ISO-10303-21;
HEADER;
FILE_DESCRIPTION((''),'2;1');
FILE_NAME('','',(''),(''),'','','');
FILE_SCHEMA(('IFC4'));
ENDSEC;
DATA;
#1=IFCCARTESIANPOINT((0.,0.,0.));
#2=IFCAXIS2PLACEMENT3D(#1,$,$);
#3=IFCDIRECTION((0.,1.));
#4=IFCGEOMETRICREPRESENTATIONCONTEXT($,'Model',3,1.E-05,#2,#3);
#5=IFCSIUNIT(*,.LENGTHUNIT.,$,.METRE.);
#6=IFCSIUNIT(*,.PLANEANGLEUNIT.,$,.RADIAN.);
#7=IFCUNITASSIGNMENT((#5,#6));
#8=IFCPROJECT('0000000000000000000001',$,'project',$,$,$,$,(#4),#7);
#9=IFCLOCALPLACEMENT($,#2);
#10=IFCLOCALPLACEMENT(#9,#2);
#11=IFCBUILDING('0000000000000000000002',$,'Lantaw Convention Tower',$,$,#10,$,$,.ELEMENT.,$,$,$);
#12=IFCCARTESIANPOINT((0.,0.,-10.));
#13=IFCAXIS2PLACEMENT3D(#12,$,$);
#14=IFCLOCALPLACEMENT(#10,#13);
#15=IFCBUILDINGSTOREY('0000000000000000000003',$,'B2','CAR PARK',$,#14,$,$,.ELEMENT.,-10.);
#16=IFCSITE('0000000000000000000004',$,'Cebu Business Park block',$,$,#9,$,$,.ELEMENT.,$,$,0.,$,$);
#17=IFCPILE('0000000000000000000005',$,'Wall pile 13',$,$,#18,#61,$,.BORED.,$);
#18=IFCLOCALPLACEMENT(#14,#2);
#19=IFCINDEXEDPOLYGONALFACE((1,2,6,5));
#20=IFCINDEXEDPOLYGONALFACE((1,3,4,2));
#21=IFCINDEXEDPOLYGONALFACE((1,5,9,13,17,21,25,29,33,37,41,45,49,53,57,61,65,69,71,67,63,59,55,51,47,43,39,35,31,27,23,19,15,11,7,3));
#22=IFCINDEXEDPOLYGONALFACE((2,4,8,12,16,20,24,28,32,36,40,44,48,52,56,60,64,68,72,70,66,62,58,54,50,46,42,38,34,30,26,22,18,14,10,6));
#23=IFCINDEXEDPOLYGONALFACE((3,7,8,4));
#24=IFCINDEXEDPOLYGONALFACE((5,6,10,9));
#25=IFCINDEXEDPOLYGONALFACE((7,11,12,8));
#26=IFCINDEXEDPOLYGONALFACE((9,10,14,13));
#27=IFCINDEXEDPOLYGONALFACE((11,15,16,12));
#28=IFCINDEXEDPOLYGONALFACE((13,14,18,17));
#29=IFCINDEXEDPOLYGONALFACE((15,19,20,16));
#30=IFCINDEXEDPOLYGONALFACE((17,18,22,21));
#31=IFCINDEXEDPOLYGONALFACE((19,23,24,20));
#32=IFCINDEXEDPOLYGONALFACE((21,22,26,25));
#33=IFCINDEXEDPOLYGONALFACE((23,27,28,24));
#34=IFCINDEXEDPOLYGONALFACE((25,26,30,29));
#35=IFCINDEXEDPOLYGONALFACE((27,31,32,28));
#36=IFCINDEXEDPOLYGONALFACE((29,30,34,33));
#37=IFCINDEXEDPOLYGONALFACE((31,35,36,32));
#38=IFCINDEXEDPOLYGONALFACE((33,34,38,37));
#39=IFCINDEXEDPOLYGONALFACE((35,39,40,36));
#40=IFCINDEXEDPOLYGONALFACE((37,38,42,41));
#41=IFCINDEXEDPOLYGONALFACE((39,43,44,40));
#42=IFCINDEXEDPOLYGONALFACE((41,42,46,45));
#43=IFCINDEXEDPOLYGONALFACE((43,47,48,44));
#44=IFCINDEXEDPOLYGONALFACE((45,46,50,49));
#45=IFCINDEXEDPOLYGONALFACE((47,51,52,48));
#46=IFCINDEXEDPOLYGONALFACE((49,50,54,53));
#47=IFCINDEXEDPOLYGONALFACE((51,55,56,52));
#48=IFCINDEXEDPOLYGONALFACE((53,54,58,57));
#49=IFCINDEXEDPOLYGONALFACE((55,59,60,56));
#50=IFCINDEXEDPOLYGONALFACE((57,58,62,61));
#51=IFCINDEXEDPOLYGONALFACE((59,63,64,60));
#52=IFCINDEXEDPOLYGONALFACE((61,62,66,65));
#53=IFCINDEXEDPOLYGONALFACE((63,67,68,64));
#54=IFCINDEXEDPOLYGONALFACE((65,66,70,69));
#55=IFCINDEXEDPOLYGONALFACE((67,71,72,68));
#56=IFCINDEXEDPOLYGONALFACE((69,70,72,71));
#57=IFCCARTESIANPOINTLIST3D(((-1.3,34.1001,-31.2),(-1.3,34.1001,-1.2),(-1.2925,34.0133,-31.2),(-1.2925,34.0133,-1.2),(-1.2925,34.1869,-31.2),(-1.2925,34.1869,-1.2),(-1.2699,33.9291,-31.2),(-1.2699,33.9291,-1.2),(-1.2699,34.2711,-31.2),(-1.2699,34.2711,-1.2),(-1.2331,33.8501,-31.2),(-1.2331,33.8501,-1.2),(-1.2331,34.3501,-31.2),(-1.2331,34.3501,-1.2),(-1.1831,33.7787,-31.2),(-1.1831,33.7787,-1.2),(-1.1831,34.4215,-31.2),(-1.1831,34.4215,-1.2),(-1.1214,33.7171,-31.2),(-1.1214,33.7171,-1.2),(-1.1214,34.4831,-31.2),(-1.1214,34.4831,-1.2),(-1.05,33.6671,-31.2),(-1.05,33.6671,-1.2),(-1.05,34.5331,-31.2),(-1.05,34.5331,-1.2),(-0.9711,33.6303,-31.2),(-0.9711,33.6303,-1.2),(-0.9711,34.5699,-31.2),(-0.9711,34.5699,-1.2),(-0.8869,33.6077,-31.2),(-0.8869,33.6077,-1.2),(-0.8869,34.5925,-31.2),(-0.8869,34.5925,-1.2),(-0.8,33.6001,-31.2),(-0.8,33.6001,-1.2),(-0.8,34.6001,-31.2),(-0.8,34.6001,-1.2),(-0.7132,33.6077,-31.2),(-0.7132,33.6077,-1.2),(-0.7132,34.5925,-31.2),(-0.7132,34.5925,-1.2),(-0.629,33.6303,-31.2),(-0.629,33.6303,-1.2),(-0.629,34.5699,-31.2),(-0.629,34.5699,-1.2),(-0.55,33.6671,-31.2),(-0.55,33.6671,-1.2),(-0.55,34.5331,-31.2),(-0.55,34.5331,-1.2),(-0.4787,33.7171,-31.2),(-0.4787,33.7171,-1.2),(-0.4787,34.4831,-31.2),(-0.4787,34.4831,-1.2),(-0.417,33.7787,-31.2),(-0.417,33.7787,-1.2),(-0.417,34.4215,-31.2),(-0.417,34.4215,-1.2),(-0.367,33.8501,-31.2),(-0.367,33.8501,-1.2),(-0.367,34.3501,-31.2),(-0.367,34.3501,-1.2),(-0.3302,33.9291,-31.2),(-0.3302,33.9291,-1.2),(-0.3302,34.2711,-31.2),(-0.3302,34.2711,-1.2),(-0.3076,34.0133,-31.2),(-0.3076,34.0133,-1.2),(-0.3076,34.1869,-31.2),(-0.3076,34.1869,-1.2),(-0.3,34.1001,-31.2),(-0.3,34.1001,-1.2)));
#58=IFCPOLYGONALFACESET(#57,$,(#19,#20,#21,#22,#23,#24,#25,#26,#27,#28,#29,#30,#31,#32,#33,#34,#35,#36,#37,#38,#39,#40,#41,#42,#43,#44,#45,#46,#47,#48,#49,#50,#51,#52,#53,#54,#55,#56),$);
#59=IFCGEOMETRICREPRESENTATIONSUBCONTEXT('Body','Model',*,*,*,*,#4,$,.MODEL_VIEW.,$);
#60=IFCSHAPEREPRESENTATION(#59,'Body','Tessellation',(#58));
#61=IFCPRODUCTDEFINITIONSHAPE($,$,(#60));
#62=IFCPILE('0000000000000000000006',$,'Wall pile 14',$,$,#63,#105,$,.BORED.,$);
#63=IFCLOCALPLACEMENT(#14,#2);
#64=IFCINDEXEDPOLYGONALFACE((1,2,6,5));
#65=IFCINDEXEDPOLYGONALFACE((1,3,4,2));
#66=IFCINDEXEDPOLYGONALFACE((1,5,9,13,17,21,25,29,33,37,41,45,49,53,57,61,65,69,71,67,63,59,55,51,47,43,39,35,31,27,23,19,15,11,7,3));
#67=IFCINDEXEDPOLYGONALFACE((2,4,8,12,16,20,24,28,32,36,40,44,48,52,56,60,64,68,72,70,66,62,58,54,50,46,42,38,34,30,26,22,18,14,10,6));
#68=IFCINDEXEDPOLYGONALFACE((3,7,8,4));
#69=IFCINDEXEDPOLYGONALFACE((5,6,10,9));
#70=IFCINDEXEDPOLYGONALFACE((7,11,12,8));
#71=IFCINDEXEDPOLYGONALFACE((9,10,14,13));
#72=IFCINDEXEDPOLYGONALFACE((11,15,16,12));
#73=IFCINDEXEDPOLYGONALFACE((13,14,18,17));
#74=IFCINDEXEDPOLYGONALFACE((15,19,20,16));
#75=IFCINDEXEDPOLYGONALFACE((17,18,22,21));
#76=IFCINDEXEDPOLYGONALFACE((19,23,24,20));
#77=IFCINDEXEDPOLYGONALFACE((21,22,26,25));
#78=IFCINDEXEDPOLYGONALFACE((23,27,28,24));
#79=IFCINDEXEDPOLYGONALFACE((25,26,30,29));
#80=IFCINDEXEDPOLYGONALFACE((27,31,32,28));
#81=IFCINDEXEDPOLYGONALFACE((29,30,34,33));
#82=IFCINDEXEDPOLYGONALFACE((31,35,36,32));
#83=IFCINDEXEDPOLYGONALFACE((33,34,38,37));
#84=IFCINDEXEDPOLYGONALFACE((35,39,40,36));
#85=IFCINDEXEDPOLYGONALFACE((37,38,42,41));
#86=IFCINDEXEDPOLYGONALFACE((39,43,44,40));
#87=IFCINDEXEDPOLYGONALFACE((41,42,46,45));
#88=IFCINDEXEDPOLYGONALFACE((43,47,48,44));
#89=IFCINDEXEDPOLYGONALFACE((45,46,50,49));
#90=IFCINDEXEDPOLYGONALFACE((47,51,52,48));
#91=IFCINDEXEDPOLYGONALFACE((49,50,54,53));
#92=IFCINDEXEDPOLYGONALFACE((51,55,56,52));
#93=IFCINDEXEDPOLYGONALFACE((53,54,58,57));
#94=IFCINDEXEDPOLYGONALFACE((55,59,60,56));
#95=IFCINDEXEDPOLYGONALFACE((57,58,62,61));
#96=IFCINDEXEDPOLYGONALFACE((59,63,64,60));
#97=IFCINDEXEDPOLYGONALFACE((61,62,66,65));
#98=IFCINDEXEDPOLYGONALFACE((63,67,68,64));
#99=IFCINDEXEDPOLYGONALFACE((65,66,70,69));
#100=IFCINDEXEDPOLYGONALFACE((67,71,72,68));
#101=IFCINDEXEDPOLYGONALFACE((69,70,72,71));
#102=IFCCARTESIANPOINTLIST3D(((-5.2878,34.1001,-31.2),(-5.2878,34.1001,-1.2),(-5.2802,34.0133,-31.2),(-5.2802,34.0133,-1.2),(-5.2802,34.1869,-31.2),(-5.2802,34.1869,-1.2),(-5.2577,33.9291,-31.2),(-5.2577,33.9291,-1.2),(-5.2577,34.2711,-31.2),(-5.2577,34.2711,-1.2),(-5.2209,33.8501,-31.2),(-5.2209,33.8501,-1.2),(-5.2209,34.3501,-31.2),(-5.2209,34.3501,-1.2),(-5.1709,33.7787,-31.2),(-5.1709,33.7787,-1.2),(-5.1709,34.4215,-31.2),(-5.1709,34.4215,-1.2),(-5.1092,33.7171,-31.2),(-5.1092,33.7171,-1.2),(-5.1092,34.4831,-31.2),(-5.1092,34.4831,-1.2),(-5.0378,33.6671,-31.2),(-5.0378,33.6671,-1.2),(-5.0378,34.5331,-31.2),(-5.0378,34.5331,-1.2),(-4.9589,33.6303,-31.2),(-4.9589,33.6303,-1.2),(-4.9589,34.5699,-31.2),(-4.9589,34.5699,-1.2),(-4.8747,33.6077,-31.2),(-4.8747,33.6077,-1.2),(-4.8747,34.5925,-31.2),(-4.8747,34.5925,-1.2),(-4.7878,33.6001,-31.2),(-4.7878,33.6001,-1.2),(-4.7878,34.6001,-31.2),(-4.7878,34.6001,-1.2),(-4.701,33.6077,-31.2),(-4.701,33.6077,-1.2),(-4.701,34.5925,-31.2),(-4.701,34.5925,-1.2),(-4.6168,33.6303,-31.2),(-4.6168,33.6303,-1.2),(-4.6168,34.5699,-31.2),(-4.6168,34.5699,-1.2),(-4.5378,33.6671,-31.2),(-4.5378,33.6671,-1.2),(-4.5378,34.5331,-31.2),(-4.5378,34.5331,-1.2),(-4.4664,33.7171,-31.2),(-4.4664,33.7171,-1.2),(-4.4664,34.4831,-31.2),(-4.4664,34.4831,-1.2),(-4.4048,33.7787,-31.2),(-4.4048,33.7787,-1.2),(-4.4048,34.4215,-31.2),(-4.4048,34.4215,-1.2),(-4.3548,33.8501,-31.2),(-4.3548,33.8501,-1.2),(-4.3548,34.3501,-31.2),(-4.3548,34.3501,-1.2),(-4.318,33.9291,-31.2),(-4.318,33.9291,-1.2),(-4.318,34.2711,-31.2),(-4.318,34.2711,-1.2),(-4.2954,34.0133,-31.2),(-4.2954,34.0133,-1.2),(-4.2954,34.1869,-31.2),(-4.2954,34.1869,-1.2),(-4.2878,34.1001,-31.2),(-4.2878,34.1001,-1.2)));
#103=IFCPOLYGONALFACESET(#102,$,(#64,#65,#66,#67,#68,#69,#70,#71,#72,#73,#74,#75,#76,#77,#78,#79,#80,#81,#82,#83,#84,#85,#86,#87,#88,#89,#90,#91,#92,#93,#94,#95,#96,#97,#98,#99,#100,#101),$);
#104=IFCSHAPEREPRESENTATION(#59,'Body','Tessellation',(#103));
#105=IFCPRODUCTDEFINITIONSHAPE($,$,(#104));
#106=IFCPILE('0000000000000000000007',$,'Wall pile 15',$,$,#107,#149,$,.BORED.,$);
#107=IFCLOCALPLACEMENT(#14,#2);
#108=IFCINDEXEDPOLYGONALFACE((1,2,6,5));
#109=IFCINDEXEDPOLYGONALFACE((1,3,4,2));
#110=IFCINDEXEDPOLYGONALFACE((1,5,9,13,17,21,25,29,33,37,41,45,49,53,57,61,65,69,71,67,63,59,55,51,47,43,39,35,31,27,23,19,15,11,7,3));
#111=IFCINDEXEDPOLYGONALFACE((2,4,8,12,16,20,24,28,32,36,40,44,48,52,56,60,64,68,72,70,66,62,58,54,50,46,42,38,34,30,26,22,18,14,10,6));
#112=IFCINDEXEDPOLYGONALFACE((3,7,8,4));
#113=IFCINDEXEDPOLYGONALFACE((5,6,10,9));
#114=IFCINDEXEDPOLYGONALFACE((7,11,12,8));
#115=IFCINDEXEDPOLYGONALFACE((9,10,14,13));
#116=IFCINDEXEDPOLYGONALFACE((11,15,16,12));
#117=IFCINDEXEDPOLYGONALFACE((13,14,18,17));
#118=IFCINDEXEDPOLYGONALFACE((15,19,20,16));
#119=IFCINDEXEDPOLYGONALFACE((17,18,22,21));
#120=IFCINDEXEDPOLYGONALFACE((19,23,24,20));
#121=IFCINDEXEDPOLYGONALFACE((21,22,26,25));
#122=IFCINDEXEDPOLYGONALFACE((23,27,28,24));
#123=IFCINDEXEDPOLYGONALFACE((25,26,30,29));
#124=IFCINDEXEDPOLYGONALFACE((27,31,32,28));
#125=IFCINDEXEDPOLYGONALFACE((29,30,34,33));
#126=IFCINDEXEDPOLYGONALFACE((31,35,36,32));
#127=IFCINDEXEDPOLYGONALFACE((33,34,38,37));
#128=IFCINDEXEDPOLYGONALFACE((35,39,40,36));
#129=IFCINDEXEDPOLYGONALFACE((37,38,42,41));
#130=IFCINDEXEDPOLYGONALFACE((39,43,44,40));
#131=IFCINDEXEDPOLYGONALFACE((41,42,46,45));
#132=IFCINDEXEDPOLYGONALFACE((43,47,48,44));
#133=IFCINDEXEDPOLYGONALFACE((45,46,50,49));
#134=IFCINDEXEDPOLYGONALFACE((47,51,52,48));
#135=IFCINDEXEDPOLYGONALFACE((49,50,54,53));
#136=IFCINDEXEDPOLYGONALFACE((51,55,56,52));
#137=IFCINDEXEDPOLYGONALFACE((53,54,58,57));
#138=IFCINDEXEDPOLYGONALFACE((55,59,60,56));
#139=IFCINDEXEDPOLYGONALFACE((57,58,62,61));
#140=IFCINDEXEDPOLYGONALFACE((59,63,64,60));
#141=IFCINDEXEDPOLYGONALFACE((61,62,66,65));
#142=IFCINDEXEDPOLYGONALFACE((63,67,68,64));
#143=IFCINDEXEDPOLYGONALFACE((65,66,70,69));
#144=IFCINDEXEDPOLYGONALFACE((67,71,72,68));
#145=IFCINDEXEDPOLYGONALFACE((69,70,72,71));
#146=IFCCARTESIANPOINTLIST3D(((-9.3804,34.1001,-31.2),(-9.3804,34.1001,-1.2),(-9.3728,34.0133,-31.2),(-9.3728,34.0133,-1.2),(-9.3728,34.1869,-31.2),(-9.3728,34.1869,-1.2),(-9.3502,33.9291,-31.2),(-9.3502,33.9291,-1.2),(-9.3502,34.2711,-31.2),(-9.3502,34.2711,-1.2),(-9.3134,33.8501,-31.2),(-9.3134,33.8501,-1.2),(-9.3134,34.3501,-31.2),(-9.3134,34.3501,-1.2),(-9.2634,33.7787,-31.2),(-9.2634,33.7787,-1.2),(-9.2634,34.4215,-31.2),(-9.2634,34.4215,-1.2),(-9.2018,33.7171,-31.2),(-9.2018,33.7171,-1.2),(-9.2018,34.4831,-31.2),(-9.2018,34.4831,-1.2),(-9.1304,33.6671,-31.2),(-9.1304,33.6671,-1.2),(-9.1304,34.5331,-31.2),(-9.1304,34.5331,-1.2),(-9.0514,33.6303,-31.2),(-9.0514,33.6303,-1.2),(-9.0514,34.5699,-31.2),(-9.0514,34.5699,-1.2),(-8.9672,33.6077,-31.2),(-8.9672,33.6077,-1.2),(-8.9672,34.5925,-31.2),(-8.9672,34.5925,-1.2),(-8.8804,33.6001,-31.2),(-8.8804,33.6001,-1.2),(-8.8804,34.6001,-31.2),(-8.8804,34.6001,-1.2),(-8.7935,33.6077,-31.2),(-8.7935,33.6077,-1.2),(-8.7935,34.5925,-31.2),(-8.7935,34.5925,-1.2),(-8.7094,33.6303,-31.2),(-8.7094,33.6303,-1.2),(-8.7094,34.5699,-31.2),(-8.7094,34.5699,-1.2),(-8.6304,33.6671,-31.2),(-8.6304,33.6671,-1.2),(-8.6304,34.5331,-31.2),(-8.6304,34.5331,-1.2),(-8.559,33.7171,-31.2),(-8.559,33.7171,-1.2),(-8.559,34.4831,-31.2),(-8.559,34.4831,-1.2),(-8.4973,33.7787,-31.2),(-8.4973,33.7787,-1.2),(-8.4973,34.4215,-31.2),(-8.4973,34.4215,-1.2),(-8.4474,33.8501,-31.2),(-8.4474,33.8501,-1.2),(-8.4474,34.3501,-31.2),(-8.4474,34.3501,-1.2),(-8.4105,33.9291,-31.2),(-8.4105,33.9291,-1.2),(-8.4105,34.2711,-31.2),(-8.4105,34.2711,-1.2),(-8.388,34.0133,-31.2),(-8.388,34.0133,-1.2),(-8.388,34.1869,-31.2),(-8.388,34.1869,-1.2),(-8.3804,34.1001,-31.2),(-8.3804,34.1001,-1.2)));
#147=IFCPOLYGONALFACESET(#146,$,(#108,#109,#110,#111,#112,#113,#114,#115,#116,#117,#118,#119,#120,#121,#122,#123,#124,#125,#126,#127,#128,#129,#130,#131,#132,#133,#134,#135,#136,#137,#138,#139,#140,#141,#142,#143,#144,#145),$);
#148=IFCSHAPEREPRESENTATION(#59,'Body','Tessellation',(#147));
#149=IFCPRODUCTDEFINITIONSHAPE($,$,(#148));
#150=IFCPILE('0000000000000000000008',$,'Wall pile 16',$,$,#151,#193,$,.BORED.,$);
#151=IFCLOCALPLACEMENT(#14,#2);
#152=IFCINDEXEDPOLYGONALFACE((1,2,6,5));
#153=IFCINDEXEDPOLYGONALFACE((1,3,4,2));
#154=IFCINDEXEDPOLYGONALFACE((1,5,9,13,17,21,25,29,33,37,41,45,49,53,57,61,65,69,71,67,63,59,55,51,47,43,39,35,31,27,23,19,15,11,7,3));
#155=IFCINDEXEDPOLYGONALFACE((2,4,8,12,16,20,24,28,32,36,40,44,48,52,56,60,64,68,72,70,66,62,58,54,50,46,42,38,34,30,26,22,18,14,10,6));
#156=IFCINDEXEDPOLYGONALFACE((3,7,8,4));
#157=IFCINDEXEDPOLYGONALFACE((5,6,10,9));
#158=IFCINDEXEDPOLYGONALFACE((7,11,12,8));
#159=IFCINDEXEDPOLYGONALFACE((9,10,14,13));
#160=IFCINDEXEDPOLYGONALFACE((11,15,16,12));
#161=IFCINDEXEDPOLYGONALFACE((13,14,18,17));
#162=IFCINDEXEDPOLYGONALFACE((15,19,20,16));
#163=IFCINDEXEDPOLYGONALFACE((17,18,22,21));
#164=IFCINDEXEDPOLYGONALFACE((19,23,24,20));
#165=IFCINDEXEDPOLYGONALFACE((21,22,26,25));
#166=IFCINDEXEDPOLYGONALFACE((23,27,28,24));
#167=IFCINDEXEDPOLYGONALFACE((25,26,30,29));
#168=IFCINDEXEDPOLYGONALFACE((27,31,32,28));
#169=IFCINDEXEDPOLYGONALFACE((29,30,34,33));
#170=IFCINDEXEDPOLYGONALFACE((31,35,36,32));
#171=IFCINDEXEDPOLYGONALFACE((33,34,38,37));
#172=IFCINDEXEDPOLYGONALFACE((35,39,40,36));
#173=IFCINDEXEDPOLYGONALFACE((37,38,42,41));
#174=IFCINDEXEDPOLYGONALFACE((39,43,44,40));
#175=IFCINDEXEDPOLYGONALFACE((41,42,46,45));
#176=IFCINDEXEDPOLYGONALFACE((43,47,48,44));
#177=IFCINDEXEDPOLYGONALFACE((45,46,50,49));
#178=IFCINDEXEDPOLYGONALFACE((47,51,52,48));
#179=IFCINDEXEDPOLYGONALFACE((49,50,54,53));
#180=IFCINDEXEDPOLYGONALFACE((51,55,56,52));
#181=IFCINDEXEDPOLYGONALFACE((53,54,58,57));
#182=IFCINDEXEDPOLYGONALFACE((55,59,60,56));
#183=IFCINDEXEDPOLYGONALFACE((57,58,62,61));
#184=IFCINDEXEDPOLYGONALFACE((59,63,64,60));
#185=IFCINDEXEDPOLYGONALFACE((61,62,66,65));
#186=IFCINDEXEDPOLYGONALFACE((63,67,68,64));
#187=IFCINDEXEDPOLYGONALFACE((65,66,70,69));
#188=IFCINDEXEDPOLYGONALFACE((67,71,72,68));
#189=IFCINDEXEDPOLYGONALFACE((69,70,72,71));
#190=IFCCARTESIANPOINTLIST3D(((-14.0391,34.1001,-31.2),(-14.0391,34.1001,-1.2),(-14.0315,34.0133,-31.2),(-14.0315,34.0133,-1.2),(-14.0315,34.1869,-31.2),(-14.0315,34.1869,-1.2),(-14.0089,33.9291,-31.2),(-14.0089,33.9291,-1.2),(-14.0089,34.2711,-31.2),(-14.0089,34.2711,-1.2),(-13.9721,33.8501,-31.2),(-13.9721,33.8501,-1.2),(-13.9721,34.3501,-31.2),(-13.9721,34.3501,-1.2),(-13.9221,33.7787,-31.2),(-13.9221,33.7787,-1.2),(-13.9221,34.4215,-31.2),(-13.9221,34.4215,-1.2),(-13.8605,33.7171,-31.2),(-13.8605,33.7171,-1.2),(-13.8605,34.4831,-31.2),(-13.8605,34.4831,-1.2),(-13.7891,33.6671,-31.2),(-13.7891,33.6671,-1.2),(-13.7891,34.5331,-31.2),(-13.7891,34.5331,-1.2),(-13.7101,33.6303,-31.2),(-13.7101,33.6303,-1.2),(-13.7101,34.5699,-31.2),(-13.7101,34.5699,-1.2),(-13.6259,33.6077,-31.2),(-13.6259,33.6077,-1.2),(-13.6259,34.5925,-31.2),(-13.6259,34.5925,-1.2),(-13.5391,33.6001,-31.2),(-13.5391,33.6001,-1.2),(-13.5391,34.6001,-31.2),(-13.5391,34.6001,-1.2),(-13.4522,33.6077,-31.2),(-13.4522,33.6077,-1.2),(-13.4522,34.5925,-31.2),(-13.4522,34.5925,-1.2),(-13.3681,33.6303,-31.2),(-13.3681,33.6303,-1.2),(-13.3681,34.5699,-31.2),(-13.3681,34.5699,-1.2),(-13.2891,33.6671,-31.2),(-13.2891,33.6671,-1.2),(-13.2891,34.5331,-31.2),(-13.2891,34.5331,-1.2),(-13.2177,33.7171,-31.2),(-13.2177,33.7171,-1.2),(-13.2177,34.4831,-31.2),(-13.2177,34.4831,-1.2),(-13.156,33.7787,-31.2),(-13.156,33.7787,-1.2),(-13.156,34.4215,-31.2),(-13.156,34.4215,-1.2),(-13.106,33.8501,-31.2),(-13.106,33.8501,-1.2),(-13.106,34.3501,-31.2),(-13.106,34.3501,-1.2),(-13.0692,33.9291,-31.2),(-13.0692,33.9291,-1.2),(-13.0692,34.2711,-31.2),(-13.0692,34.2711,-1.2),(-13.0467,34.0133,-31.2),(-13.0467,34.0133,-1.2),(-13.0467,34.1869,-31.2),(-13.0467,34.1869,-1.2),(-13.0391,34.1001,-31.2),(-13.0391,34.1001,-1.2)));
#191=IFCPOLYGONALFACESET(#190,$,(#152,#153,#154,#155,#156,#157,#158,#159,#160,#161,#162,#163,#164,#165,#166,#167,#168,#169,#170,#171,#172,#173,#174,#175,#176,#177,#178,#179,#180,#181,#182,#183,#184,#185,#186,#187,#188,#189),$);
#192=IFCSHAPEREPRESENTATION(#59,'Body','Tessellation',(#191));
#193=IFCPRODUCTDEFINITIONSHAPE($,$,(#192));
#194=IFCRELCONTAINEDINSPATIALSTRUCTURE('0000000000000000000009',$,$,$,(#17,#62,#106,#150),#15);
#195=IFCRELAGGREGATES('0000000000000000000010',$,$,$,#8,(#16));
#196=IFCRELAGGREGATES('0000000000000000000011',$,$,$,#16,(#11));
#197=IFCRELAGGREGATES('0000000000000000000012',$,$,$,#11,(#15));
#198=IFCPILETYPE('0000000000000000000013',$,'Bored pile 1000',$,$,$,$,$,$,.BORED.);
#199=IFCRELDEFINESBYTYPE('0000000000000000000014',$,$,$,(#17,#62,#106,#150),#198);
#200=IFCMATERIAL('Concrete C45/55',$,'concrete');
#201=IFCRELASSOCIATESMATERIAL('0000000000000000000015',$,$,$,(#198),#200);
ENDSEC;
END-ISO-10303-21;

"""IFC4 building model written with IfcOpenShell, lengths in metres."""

from ifc_helpers import new_model, si_unit, direction, frame, origin, origin_2d, place, context, subcontext, project, spatial, circle, extrude, material, material_profile, profile_set, type_object, element, save


model = new_model("IFC4")

# Units and contexts
model_context = context("Model", 3, precision=1e-05, world=origin(), true_north=direction((0.0, 1.0)))
body_context = subcontext(model_context, "Body", "Model", "MODEL_VIEW")
ifc_project = project(units=[si_unit("LENGTHUNIT", "METRE"), si_unit("PLANEANGLEUNIT", "RADIAN")], contexts=[model_context])

# Site, building, storey
site_placement = place(None, origin())
site = spatial("IfcSite", under=ifc_project, at=site_placement, Name="Cebu Business Park block", CompositionType="ELEMENT", RefElevation=0.0)
building_placement = place(site_placement, origin())
building = spatial("IfcBuilding", under=site, at=building_placement, Name="Lantaw Convention Tower", CompositionType="ELEMENT")
storey_placement = place(building_placement, frame((0.0, 0.0, -10.0)))
storey = spatial("IfcBuildingStorey", under=building, at=storey_placement, Name="B2", Description="CAR PARK", CompositionType="ELEMENT", Elevation=-10.0)

# Piles
ifc_material_1 = material(Name="Concrete C45/55", Category="concrete")
ifc_material_profile_1 = material_profile(ifc_material_1, circle(Radius=0.5, at=origin_2d()), Name="Bored pile 1000")
ifc_profile_set_1 = profile_set([ifc_material_profile_1], Name="Concrete C45/55")
pile_type_1 = type_object("IfcPileType", Name="Bored pile 1000", PredefinedType="BORED", material=ifc_profile_set_1)
for number, where, z_axis, x_axis, name in (
    (1, (-0.8, 34.1001, -1.2), (0.0, 0.0, -1.0), (1.0, 0.0, 0.0), "Wall pile 13"),
    (2, (-4.7878, 34.1001, -1.2), (0.0, 0.0, -1.0), (1.0, 0.0, 0.0), "Wall pile 14"),
    (3, (-8.8804, 34.1001, -1.2), (0.0, 0.0, -1.0), (1.0, 0.0, 0.0), "Wall pile 15"),
    (4, (-13.5391, 34.1001, -1.2), (0.0, 0.0, -1.0), (1.0, 0.0, 0.0), "Wall pile 16"),
):
    element("IfcPile", number, at=place(storey_placement, frame(where, z_axis=z_axis, x_axis=x_axis)), inside=storey, type_object=pile_type_1, Name=name, PredefinedType="BORED", context=body_context, shape_type="SweptSolid", body=[
        extrude(circle(Radius=0.5, at=origin_2d()), origin(), (0.0, 0.0, 1.0), 30.0),
    ])

save(model, "model.ifc")
